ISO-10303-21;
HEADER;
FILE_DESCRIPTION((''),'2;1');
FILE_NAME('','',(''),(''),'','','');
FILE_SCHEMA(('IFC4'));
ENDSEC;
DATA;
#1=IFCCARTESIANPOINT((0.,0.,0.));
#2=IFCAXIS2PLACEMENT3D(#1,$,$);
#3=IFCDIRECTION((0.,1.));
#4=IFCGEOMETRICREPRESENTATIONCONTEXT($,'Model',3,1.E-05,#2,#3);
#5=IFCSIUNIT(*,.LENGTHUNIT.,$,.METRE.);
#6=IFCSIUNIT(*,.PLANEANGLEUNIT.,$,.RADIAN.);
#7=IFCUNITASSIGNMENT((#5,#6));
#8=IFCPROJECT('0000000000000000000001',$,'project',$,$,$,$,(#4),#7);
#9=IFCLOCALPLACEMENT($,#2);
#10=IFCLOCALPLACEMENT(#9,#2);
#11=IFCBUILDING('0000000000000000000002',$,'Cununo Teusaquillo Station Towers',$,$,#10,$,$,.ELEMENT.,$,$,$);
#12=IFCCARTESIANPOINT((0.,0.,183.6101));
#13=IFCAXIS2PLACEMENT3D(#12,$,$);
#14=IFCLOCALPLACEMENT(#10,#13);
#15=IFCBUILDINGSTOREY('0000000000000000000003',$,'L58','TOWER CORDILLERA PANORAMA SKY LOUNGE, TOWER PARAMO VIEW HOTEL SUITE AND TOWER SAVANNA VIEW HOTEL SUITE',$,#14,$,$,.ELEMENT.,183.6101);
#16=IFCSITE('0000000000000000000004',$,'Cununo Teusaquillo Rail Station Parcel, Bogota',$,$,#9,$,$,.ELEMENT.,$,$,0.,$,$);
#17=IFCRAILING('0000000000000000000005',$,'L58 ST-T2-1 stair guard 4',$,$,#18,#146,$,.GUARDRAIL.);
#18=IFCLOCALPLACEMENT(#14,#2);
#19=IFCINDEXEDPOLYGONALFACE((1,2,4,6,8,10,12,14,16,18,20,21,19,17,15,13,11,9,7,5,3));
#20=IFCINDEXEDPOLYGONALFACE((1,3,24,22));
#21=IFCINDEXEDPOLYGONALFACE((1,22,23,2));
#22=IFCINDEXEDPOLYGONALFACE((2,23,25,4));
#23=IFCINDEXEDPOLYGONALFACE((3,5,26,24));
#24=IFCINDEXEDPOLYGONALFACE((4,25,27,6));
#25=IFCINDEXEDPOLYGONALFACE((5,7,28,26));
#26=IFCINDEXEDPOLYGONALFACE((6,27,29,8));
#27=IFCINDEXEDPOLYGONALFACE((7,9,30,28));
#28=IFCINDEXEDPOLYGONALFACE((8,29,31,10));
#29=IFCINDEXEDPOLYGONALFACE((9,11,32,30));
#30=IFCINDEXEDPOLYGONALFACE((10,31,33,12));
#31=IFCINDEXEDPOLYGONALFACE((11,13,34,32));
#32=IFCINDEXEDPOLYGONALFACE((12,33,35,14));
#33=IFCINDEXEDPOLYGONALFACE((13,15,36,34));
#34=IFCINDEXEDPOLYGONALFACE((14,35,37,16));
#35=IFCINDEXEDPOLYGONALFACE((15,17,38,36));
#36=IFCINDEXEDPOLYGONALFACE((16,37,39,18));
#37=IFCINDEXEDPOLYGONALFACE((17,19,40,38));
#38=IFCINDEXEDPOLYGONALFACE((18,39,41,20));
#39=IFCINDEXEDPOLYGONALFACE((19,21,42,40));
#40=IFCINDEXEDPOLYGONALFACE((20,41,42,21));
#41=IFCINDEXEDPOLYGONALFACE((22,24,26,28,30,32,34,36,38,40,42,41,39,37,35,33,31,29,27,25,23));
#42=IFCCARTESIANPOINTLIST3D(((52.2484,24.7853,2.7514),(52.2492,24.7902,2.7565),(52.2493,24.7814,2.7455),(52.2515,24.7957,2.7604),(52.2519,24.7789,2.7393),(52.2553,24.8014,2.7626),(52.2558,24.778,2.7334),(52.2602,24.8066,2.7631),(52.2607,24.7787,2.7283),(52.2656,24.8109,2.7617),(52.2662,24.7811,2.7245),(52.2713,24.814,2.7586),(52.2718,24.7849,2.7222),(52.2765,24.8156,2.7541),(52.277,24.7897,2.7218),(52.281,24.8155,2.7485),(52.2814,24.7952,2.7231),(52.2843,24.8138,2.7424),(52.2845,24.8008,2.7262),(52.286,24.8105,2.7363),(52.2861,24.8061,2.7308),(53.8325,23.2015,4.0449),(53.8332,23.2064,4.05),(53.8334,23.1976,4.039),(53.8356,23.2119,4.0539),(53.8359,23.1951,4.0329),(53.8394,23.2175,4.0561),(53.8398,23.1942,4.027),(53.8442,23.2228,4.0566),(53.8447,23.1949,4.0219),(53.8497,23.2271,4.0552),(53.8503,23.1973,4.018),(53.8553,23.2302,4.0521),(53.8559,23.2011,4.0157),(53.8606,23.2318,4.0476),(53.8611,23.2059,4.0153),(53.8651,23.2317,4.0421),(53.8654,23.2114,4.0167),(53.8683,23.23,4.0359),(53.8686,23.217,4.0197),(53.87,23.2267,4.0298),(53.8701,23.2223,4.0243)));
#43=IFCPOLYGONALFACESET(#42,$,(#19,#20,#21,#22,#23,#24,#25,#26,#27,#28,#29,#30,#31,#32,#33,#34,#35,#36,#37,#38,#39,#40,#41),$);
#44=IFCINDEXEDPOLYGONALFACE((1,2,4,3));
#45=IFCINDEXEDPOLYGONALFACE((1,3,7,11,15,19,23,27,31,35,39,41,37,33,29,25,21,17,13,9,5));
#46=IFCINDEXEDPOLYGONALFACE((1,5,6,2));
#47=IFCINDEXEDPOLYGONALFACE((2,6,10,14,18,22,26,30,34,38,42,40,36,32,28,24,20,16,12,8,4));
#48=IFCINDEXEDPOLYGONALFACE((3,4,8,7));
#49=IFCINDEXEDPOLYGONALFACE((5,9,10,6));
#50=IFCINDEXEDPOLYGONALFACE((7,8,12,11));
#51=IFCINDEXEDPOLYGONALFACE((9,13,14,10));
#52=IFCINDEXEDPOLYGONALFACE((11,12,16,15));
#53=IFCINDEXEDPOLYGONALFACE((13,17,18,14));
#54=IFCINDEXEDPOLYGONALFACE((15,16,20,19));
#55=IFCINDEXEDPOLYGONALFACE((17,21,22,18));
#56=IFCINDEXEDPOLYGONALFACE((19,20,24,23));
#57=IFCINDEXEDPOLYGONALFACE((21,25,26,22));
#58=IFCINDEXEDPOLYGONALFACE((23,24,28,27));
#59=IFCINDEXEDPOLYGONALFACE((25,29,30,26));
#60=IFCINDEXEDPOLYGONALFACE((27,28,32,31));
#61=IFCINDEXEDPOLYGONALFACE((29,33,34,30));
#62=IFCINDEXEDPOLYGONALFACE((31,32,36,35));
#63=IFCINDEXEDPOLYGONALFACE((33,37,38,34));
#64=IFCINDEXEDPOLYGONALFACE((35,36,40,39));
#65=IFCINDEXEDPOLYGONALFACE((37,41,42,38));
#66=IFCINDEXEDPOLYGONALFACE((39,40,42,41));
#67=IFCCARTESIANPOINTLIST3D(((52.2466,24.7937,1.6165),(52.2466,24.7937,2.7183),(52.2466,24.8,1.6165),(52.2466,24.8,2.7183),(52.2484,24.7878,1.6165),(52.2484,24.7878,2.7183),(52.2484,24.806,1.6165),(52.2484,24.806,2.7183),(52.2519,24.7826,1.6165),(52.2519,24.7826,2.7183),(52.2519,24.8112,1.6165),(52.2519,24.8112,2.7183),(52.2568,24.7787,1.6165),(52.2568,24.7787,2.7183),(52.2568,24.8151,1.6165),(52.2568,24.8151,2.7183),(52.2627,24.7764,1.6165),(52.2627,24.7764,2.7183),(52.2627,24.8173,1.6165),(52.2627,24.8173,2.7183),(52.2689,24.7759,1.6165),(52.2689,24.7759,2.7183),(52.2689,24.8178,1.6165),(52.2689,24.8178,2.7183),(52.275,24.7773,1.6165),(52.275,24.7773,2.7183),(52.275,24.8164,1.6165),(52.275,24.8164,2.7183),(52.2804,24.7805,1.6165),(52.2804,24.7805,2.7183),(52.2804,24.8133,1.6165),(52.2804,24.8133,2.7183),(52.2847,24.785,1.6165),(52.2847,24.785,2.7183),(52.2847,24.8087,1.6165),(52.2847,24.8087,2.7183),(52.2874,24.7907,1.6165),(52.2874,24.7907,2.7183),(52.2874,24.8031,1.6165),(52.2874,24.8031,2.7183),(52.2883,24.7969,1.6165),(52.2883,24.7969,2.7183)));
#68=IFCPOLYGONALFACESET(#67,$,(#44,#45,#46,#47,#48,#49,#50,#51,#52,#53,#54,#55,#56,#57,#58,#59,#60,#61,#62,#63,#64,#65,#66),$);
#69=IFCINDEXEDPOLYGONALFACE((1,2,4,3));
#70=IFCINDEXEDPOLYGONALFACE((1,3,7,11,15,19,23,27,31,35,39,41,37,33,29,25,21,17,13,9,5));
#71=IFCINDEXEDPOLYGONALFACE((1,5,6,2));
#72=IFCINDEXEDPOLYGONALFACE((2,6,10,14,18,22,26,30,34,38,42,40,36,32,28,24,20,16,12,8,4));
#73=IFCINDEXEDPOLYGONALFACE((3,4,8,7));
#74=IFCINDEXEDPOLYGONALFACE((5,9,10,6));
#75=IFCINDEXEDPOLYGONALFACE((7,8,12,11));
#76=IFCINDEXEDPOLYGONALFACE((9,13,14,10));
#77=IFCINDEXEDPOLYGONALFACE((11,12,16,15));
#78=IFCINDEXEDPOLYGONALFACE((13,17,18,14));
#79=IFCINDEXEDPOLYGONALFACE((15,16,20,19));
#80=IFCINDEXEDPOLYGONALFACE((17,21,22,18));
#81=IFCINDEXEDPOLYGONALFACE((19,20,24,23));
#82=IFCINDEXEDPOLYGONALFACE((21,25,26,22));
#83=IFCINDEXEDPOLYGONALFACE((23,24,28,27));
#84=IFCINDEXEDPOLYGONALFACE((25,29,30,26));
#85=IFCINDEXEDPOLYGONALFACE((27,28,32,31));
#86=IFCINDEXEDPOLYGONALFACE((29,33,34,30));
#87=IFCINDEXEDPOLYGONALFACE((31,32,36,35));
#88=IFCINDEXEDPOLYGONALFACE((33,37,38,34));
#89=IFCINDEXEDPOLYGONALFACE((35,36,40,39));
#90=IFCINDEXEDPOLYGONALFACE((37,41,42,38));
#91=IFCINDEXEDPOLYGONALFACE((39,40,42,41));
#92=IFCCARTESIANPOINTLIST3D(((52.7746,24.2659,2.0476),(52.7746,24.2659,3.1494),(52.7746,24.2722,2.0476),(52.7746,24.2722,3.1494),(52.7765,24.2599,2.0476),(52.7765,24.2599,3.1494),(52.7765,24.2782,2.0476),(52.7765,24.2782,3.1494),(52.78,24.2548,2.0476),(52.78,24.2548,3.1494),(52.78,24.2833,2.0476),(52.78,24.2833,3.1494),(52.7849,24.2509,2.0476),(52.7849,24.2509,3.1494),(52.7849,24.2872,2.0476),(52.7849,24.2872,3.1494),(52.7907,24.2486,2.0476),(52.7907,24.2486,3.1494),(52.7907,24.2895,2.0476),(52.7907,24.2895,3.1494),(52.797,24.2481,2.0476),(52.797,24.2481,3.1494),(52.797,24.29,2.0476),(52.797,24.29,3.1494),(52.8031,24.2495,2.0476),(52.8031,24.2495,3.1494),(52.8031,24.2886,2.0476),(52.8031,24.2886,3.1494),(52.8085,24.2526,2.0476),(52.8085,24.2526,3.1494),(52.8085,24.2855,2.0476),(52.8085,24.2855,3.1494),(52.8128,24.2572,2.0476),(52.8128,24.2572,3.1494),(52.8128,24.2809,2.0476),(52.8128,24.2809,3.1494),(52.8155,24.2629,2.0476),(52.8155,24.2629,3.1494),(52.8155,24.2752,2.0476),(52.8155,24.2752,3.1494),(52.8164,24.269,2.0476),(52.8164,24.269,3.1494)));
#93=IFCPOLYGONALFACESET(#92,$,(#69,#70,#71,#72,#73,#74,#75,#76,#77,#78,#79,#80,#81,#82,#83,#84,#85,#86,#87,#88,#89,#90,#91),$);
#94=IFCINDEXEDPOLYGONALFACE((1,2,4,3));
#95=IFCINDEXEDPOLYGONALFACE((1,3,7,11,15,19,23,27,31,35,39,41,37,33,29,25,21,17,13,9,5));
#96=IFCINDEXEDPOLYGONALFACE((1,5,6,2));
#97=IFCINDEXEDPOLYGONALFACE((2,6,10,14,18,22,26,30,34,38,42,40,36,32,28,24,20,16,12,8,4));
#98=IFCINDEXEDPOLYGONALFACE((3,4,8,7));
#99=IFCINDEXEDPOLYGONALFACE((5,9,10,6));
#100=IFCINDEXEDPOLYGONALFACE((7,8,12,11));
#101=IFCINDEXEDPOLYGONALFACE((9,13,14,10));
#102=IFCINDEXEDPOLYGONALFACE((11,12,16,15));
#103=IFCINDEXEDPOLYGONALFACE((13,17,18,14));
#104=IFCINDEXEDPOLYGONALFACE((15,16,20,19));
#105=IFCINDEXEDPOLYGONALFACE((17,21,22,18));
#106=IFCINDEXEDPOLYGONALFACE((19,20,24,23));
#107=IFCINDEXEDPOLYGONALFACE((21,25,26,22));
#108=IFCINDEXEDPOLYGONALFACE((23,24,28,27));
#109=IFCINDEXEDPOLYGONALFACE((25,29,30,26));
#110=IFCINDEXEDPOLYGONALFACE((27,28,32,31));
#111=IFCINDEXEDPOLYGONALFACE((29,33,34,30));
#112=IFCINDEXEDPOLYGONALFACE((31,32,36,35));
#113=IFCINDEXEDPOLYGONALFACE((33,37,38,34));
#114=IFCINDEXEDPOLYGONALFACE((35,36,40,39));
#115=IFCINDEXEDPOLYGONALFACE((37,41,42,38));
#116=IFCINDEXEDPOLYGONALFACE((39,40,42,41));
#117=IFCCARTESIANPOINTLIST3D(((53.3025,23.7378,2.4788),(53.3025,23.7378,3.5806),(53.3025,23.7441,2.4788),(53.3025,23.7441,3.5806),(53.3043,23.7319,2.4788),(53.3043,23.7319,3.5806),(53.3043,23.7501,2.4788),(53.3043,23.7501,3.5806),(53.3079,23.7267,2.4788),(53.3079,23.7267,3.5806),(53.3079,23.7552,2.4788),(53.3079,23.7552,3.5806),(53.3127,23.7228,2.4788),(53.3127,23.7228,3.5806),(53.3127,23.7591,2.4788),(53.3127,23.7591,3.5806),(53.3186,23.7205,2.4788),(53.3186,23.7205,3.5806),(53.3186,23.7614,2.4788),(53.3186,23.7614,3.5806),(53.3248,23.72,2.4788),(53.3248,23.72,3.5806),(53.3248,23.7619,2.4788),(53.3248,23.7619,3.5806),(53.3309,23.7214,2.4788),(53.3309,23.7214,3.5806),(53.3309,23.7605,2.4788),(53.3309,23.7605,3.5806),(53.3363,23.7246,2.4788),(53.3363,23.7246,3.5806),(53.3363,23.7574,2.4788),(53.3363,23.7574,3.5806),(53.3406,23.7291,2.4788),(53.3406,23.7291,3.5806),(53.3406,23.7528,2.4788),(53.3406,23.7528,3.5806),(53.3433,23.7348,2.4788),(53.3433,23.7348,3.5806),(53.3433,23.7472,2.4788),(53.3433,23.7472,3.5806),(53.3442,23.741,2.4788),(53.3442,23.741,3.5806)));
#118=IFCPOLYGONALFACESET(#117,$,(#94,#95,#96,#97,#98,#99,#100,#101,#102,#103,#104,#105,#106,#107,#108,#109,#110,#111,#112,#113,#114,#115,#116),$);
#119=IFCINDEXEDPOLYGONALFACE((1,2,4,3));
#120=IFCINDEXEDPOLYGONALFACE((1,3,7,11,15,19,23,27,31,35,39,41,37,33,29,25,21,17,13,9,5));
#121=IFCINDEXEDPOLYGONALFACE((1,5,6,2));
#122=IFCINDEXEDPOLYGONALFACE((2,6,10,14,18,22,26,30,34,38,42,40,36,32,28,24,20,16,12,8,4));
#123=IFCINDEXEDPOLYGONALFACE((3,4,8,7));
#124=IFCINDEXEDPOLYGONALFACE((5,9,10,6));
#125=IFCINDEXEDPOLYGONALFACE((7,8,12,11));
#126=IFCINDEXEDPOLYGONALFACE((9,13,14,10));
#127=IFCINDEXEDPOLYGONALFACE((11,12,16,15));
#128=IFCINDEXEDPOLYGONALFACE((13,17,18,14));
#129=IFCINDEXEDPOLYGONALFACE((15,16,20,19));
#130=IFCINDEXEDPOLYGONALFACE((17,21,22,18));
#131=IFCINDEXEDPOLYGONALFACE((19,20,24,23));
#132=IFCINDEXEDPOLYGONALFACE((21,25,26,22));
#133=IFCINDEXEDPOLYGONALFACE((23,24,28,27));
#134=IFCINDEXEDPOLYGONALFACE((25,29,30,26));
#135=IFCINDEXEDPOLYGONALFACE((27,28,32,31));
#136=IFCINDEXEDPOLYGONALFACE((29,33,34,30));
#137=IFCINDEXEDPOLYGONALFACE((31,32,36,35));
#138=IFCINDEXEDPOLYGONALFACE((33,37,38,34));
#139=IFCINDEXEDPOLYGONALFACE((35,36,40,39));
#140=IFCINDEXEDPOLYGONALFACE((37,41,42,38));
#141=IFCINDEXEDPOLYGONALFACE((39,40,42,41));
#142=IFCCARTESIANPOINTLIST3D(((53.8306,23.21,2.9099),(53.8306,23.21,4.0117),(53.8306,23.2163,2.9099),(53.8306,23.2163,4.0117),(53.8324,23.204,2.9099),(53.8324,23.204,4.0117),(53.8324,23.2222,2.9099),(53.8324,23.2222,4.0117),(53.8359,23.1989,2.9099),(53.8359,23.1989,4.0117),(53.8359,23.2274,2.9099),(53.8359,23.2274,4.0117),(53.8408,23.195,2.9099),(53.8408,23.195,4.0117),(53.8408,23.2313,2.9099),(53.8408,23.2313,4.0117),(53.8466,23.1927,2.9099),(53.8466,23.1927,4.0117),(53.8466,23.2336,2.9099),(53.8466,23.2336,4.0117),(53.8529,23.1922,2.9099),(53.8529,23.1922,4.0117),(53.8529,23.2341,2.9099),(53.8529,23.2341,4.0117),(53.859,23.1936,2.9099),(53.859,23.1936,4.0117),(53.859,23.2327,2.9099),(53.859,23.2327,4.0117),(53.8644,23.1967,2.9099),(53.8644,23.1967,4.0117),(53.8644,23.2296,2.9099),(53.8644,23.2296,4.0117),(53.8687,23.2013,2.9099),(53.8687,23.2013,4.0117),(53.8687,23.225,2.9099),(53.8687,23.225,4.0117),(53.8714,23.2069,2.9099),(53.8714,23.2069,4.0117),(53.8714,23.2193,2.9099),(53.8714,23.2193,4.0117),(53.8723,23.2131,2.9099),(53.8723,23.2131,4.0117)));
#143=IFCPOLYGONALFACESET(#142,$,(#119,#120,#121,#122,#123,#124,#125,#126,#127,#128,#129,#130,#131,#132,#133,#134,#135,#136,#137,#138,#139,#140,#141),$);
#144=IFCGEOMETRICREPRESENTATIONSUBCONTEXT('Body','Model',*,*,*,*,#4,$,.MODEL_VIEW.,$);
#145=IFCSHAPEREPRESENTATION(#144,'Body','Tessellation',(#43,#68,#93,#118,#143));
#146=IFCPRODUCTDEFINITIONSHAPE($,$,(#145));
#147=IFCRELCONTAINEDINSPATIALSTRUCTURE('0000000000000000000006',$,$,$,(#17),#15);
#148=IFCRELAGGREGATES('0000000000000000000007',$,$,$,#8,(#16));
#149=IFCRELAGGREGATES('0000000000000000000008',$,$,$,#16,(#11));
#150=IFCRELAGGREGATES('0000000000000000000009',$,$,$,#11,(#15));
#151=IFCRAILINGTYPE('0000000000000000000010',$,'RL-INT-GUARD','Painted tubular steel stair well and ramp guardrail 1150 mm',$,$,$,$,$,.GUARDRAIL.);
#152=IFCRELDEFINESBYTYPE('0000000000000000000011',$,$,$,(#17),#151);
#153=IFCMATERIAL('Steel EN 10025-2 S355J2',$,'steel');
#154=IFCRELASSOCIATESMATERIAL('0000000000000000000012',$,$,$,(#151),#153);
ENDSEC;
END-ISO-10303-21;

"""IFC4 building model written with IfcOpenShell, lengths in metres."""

from ifc_helpers import new_model, si_unit, direction, frame, origin, origin_2d, place, context, subcontext, project, spatial, circle, extrude, material, type_object, element, save


model = new_model("IFC4")

# Units and contexts
model_context = context("Model", 3, precision=1e-05, world=origin(), true_north=direction((0.0, 1.0)))
body_context = subcontext(model_context, "Body", "Model", "MODEL_VIEW")
ifc_project = project(units=[si_unit("LENGTHUNIT", "METRE"), si_unit("PLANEANGLEUNIT", "RADIAN")], contexts=[model_context])

# Site, building, storey
site_placement = place(None, origin())
site = spatial("IfcSite", under=ifc_project, at=site_placement, Name="Cununo Teusaquillo Rail Station Parcel, Bogota", CompositionType="ELEMENT", RefElevation=0.0)
building_placement = place(site_placement, origin())
building = spatial("IfcBuilding", under=site, at=building_placement, Name="Cununo Teusaquillo Station Towers", CompositionType="ELEMENT")
storey_placement = place(building_placement, frame((0.0, 0.0, 183.6101)))
storey = spatial("IfcBuildingStorey", under=building, at=storey_placement, Name="L58", Description="TOWER CORDILLERA PANORAMA SKY LOUNGE, TOWER PARAMO VIEW HOTEL SUITE AND TOWER SAVANNA VIEW HOTEL SUITE", CompositionType="ELEMENT", Elevation=183.6101)

# Railing
ifc_material_1 = material(Name="Steel EN 10025-2 S355J2", Category="steel")
railing_type_1 = type_object("IfcRailingType", Name="RL-INT-GUARD", Description="Painted tubular steel stair well and ramp guardrail 1150 mm", PredefinedType="GUARDRAIL", material=ifc_material_1)
railing_1_placement = place(storey_placement, frame((52.2673, 24.7969, 1.6165)))
element("IfcRailing", 1, at=railing_1_placement, inside=storey, type_object=railing_type_1, Name="L58 ST-T2-1 stair guard 4", PredefinedType="GUARDRAIL", context=body_context, shape_type="SweptSolid", body=[
    extrude(circle(Radius=0.0239, at=origin_2d()), frame((0.0, 0.0, 1.126), z_axis=(0.612391, -0.612297, 0.500069), x_axis=(0.707052, 0.707161, 0.0)), (0.0, 0.0, 1.0), 2.5867),
    extrude(circle(Radius=0.021, at=origin_2d()), origin(), (0.0, 0.0, 1.0), 1.1018),
    extrude(circle(Radius=0.021, at=origin_2d()), frame((0.5281, -0.5278, 0.4312)), (0.0, 0.0, 1.0), 1.1018),
    extrude(circle(Radius=0.021, at=origin_2d()), frame((1.0559, -1.0559, 0.8623)), (0.0, 0.0, 1.0), 1.1018),
    extrude(circle(Radius=0.021, at=origin_2d()), frame((1.584, -1.5837, 1.2935)), (0.0, 0.0, 1.0), 1.1018),
])

save(model, "model.ifc")
